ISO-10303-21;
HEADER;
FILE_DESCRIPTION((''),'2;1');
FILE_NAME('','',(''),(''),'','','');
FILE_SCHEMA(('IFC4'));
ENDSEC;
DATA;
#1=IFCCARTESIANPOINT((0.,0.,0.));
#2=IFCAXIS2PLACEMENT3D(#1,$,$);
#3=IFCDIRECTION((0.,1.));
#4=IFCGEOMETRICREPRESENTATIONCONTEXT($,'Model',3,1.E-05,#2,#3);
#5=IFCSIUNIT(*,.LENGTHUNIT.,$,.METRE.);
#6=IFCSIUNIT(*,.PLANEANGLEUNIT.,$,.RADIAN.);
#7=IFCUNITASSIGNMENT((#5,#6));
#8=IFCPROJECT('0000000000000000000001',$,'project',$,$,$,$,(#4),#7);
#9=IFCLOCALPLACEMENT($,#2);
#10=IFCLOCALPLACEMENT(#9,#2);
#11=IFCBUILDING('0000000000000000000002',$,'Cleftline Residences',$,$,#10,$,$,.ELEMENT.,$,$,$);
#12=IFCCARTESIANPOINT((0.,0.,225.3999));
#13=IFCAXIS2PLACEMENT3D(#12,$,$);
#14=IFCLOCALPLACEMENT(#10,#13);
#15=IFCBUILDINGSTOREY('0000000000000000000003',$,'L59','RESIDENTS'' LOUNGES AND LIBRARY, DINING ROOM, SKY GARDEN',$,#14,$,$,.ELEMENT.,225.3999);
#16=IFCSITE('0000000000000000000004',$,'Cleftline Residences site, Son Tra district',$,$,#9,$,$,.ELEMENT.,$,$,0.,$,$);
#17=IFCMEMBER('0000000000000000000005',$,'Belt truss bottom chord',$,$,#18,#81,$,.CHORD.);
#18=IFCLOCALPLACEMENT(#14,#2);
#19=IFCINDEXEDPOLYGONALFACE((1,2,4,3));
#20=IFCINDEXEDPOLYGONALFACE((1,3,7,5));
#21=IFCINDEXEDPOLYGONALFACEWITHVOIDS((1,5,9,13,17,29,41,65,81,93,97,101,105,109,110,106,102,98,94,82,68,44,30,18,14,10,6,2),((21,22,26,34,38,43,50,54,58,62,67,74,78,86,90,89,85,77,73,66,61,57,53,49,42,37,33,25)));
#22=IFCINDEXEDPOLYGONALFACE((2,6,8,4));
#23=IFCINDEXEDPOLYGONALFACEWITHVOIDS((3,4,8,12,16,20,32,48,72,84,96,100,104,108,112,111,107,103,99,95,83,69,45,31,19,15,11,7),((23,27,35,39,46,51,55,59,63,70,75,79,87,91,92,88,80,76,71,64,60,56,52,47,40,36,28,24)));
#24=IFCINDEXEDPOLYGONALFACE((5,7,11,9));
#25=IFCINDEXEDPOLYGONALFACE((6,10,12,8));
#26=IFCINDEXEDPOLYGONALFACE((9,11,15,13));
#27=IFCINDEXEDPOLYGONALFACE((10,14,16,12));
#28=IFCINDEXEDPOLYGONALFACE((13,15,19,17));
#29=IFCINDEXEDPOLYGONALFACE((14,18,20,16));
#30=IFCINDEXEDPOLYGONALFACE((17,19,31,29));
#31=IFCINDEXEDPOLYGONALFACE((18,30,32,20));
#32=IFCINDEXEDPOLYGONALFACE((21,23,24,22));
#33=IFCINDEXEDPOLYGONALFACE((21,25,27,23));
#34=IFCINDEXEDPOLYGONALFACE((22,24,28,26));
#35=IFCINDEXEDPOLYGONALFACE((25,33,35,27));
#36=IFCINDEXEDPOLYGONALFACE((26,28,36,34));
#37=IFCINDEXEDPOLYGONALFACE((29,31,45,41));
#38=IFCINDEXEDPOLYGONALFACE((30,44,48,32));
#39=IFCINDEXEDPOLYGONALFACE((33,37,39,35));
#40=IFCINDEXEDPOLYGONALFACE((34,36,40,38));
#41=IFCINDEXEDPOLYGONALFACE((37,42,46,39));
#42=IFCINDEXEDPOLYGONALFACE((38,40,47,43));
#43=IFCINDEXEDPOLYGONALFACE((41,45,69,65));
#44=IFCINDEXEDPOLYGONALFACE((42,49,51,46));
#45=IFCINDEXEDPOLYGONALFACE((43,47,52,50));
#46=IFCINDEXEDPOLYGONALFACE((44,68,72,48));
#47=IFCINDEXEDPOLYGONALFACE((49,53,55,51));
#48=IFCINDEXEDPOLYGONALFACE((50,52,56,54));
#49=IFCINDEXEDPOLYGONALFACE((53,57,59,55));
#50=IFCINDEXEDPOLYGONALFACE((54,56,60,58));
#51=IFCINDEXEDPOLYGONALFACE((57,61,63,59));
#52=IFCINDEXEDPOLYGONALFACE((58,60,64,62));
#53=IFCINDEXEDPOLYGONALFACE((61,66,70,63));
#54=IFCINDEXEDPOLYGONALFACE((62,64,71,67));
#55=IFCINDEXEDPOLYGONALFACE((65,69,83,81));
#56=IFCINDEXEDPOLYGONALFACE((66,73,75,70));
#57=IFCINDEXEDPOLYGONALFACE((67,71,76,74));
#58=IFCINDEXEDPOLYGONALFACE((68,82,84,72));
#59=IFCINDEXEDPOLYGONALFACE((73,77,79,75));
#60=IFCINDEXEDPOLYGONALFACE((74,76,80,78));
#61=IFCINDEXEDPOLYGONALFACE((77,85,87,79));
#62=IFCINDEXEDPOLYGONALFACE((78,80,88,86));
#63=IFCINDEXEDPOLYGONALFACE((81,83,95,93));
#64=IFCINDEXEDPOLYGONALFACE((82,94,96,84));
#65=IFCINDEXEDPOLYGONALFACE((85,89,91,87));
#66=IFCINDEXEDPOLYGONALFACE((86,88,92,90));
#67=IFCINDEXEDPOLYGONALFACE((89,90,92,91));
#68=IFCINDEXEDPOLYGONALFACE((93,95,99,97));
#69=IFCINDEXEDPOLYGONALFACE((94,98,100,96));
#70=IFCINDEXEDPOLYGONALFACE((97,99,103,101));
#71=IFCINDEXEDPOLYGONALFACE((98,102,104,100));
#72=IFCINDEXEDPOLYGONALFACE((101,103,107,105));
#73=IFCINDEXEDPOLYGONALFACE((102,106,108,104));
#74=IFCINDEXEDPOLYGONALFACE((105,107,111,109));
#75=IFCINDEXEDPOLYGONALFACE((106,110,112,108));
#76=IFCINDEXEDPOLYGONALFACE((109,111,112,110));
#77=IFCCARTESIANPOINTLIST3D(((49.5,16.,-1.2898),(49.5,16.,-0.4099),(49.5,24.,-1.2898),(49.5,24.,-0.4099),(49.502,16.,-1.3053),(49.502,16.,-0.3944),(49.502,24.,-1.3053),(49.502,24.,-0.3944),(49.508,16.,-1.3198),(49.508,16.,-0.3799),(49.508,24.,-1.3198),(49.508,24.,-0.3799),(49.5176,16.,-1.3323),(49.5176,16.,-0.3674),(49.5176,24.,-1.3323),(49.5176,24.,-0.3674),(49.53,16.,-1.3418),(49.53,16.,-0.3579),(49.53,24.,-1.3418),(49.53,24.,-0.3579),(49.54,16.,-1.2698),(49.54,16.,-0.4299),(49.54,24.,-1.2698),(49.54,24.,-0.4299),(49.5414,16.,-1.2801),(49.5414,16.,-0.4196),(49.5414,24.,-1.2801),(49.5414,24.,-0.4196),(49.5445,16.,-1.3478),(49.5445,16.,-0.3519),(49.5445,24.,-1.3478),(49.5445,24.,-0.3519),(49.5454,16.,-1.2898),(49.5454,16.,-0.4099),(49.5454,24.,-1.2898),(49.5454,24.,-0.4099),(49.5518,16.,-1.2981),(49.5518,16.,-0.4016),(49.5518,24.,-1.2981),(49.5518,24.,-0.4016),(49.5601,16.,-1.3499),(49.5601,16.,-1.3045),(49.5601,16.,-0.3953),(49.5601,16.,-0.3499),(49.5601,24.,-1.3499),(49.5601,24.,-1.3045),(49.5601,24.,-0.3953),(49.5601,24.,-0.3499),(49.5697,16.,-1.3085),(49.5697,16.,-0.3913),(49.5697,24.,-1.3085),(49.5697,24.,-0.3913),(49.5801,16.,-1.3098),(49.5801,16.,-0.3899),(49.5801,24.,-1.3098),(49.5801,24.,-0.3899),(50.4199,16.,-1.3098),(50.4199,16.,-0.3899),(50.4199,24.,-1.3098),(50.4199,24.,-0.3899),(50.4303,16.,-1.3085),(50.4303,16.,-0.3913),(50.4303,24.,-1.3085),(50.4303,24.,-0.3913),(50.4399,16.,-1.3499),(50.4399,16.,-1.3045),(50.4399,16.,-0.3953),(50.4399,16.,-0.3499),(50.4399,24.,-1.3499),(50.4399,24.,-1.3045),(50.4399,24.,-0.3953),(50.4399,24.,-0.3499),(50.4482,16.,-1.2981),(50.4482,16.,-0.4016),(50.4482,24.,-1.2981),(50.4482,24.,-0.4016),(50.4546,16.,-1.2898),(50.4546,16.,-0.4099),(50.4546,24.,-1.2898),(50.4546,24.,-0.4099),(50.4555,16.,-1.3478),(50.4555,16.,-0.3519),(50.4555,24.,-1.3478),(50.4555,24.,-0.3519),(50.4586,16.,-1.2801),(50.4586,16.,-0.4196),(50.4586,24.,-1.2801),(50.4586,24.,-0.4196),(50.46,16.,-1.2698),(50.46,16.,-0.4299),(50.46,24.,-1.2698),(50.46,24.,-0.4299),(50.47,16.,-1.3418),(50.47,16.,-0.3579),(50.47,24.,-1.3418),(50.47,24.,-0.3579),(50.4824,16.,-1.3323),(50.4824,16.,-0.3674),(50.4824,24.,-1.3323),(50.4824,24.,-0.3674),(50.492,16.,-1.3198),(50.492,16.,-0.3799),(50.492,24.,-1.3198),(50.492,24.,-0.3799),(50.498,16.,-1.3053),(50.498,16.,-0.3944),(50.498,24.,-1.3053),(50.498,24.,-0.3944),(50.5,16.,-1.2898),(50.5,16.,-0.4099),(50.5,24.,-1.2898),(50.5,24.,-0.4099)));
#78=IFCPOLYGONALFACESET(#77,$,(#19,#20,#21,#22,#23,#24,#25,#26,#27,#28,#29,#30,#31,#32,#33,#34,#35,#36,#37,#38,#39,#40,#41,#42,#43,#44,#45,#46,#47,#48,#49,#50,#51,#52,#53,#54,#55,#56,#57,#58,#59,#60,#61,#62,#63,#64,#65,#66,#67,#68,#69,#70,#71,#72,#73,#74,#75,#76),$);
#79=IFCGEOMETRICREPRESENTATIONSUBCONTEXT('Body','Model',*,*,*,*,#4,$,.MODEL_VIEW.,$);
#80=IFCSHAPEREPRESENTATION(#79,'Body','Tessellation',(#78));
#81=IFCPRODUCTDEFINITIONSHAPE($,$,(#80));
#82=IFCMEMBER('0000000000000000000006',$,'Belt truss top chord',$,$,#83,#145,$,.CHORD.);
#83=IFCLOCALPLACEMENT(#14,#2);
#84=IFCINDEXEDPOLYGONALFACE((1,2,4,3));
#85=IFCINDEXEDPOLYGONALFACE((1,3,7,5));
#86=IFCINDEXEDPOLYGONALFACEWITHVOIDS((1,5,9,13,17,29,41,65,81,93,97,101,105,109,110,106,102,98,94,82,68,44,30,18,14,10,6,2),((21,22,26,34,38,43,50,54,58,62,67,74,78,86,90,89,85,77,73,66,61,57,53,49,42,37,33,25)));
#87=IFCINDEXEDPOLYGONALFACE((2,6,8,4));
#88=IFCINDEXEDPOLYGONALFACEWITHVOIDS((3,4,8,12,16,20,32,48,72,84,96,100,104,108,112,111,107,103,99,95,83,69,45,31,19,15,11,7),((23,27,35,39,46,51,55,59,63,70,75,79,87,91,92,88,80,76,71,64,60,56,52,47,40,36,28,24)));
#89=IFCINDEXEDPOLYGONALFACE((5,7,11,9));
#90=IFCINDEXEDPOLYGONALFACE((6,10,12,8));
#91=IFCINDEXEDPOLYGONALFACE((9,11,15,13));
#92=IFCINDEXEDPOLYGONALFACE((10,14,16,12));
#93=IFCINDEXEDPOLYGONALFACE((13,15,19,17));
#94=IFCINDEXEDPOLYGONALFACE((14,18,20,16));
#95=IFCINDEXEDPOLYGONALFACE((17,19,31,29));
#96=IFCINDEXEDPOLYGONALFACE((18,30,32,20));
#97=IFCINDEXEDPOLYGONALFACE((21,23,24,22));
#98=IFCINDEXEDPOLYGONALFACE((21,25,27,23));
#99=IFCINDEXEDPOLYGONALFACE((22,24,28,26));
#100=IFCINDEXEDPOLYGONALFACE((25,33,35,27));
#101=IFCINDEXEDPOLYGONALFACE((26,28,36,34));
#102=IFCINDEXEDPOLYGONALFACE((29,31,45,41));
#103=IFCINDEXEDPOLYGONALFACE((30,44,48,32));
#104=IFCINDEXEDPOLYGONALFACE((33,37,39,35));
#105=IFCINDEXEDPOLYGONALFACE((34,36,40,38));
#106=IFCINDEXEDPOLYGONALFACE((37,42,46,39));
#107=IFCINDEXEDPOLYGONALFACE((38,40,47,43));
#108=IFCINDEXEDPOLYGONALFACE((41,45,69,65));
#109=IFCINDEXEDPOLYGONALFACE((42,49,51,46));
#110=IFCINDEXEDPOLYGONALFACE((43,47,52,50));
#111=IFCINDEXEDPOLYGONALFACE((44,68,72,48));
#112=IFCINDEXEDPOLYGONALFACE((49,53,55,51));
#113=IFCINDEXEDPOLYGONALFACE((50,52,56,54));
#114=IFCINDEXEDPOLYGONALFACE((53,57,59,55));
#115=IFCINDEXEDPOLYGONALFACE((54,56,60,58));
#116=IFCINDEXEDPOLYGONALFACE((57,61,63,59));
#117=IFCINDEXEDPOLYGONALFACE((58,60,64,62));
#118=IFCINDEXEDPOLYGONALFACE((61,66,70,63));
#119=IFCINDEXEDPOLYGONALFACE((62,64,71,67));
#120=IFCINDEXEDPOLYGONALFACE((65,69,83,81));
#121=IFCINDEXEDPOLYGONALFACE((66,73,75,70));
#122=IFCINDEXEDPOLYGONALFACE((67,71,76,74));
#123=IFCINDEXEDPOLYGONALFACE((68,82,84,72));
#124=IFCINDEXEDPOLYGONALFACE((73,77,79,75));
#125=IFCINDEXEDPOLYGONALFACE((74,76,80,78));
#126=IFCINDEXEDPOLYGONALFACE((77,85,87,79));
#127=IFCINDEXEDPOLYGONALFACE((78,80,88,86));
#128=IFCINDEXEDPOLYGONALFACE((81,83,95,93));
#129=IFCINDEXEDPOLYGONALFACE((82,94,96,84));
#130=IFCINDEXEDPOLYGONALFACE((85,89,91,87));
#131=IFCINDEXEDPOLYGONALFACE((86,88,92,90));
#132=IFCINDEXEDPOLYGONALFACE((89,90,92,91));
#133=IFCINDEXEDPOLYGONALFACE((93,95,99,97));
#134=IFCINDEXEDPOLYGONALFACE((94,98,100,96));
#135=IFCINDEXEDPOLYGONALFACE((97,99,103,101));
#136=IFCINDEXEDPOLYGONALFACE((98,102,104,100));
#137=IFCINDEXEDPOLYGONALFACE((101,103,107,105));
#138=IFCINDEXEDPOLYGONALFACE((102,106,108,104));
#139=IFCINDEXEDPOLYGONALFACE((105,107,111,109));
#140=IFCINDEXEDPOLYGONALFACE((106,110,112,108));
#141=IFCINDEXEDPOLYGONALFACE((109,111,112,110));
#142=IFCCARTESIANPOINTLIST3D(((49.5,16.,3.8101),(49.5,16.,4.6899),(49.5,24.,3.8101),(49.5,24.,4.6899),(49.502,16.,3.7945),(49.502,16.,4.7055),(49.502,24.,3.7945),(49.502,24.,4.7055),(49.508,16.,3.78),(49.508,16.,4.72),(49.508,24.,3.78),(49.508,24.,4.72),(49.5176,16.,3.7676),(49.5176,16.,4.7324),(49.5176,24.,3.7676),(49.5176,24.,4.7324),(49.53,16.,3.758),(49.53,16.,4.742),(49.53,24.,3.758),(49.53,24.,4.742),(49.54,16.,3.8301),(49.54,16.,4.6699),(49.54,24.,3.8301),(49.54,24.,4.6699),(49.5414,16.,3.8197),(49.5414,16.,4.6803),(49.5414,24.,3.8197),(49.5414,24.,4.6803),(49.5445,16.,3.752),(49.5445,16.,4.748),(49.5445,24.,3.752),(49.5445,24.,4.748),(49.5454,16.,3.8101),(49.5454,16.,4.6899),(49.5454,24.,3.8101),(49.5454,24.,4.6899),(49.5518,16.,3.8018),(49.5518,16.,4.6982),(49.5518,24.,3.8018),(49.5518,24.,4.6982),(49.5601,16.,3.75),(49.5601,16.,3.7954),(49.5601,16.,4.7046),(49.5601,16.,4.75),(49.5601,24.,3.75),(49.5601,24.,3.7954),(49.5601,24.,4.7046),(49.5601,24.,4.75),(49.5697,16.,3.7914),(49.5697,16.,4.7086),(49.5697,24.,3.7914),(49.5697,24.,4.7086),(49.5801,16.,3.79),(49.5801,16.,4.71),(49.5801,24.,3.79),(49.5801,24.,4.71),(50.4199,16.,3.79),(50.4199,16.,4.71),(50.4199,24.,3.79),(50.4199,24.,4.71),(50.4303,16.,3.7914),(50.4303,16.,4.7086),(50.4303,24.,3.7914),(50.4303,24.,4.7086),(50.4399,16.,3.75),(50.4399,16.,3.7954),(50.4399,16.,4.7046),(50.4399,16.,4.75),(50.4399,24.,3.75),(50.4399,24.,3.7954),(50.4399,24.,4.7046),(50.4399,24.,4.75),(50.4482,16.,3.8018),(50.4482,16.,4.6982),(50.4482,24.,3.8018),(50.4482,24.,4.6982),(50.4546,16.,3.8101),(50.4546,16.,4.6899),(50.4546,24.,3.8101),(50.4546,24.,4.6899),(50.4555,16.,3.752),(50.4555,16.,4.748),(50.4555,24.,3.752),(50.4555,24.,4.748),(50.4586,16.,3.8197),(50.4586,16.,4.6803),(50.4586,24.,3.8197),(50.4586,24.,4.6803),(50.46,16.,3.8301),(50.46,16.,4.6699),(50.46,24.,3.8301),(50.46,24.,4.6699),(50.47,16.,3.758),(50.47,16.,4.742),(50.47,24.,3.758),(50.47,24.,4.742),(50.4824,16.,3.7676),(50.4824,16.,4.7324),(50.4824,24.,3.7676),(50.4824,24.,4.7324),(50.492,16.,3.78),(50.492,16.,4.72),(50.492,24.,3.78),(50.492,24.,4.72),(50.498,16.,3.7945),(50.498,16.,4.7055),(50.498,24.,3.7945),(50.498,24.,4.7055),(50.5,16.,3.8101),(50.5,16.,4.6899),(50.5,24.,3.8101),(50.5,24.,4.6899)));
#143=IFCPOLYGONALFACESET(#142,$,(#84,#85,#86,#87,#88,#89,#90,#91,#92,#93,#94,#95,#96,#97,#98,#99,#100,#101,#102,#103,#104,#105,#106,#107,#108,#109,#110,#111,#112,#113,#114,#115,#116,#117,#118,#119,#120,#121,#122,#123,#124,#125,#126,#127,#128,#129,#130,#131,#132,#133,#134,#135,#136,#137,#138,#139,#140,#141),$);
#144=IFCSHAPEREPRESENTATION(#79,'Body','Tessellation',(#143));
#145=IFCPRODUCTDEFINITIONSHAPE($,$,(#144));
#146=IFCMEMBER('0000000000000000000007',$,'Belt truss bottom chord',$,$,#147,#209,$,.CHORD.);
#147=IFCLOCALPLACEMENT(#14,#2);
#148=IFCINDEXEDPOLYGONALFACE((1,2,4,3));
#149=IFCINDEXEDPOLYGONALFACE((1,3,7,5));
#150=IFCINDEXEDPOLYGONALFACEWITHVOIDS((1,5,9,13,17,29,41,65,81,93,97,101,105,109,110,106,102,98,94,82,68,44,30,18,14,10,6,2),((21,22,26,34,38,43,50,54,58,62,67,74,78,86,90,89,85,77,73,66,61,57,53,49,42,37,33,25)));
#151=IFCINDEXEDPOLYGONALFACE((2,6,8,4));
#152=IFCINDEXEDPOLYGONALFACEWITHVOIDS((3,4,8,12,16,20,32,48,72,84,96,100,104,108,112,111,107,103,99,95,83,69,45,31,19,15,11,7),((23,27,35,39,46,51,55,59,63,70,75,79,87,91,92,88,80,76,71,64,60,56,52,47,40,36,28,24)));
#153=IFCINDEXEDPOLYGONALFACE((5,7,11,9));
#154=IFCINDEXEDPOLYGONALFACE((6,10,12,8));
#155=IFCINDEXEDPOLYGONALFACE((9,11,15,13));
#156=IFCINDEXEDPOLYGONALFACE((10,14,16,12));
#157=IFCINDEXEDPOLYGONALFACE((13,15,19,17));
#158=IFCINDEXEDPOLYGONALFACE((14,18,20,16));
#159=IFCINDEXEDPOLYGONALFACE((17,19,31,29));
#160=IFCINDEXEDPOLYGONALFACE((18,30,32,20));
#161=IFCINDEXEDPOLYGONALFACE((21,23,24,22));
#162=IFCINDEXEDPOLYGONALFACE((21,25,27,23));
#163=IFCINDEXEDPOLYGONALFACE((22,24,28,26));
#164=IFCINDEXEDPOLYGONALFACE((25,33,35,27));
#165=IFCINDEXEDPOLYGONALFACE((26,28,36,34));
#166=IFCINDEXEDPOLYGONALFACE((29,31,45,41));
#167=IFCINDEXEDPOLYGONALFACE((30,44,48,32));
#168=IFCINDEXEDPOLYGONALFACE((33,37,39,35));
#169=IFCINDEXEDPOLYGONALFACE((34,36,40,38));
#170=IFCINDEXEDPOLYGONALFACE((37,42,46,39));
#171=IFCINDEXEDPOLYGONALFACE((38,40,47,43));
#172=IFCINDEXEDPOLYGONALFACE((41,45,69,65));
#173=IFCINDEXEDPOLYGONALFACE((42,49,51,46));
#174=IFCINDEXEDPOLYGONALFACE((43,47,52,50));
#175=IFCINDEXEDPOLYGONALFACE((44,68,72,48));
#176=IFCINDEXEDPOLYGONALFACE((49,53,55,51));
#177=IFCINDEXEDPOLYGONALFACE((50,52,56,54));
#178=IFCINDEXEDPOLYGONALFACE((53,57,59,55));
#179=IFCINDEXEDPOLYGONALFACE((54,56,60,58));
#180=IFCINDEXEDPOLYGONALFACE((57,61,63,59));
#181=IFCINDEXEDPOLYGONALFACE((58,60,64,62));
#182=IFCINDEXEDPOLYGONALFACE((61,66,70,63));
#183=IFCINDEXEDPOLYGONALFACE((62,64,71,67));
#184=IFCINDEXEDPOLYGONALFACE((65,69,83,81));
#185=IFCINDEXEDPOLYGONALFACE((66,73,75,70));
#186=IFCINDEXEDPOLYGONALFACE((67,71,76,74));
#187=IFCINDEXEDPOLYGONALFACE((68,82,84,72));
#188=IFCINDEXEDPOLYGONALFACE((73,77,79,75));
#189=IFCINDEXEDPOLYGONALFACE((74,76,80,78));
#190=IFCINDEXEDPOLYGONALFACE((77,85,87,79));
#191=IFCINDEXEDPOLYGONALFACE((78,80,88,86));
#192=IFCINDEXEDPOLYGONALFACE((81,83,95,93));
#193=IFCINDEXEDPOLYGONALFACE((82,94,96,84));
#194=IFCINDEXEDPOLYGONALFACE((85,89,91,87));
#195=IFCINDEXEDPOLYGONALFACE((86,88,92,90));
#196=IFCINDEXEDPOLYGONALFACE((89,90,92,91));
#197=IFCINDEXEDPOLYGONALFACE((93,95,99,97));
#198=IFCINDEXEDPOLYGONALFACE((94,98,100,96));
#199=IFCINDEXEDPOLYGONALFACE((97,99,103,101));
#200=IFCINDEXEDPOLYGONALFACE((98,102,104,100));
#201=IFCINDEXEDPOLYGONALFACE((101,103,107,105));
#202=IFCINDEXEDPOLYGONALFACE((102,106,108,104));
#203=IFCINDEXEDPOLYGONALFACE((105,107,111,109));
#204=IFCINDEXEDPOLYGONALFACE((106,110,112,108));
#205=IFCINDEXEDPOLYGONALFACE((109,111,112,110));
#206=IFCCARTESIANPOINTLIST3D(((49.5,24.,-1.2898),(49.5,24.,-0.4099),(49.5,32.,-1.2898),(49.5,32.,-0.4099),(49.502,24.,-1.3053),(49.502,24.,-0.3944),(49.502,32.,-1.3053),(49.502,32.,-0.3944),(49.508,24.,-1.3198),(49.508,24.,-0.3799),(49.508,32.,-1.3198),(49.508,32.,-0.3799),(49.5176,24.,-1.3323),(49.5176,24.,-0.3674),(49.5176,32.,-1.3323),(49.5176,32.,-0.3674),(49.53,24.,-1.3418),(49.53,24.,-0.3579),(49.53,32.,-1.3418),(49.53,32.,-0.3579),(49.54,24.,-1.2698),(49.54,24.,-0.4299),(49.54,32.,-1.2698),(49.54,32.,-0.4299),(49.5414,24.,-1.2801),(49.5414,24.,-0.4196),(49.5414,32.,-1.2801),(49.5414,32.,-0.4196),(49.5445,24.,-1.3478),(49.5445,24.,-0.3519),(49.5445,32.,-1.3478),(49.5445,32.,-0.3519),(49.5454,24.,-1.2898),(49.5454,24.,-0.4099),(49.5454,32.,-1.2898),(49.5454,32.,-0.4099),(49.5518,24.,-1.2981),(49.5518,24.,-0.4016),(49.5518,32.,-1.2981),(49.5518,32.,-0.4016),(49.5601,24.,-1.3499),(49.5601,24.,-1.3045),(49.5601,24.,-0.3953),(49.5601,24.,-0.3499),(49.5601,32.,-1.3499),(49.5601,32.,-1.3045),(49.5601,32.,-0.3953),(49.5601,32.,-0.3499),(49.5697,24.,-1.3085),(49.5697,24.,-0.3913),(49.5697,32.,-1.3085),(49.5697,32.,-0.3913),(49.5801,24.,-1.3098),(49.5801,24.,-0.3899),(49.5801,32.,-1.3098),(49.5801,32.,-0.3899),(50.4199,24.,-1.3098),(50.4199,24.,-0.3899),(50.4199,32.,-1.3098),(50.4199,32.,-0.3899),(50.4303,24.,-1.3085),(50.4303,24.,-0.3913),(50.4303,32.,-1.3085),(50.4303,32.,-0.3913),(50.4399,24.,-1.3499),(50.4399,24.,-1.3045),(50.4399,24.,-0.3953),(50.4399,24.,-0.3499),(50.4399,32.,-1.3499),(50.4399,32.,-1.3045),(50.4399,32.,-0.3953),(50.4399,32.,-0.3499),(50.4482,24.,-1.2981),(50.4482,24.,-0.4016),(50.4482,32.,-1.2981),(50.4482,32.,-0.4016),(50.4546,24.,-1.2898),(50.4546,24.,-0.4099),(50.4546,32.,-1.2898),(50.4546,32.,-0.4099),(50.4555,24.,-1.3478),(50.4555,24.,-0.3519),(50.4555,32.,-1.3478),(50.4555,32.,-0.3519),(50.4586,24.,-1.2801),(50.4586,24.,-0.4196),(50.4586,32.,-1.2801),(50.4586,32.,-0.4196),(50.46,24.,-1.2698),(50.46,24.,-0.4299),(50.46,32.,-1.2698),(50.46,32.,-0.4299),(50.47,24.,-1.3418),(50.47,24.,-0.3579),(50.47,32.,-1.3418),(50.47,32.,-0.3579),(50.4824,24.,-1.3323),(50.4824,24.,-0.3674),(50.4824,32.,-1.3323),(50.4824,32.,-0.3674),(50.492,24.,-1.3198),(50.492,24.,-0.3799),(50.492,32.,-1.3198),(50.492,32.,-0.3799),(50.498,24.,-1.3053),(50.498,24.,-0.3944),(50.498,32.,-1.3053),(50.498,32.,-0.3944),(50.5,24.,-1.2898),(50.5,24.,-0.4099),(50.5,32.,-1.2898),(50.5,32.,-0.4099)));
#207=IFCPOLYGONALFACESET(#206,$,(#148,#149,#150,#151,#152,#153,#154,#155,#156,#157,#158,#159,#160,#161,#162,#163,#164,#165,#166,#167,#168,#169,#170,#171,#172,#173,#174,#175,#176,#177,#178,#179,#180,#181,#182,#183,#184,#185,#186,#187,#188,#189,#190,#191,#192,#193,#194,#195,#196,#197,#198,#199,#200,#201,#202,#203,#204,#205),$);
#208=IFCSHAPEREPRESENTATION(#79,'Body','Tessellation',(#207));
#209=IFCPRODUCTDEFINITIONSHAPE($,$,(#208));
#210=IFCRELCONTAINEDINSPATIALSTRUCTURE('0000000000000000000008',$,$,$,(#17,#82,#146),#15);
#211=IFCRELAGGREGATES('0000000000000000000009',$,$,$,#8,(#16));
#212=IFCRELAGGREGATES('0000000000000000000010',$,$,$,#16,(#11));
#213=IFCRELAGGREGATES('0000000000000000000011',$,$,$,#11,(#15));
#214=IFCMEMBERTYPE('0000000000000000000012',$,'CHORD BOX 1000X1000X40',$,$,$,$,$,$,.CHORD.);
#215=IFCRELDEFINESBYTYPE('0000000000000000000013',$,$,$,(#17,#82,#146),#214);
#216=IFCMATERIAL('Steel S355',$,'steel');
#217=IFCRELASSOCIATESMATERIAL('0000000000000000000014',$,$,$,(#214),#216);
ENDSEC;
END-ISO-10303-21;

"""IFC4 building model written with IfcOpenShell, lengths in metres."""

from ifc_helpers import new_model, si_unit, direction, frame, origin, origin_2d, place, context, subcontext, project, spatial, hollow_rectangle, extrude, material, material_profile, profile_set, type_object, element, save


model = new_model("IFC4")

# Units and contexts
model_context = context("Model", 3, precision=1e-05, world=origin(), true_north=direction((0.0, 1.0)))
body_context = subcontext(model_context, "Body", "Model", "MODEL_VIEW")
ifc_project = project(units=[si_unit("LENGTHUNIT", "METRE"), si_unit("PLANEANGLEUNIT", "RADIAN")], contexts=[model_context])

# Site, building, storey
site_placement = place(None, origin())
site = spatial("IfcSite", under=ifc_project, at=site_placement, Name="Cleftline Residences site, Son Tra district", CompositionType="ELEMENT", RefElevation=0.0)
building_placement = place(site_placement, origin())
building = spatial("IfcBuilding", under=site, at=building_placement, Name="Cleftline Residences", CompositionType="ELEMENT")
storey_placement = place(building_placement, frame((0.0, 0.0, 225.3999)))
storey = spatial("IfcBuildingStorey", under=building, at=storey_placement, Name="L59", Description="RESIDENTS' LOUNGES AND LIBRARY, DINING ROOM, SKY GARDEN", CompositionType="ELEMENT", Elevation=225.3999)

# Members
ifc_material_1 = material(Name="Steel S355", Category="steel")
ifc_material_profile_1 = material_profile(ifc_material_1, hollow_rectangle(XDim=1.0, YDim=1.0, WallThickness=0.04, InnerFilletRadius=0.04, OuterFilletRadius=0.0601, at=origin_2d()))
ifc_profile_set_1 = profile_set([ifc_material_profile_1], Name="Steel S355")
member_type_1 = type_object("IfcMemberType", Name="CHORD BOX 1000X1000X40", PredefinedType="CHORD", material=ifc_profile_set_1)
for number, where, z_axis, x_axis, name in (
    (1, (50.0, 16.0, -0.8499), (0.0, 1.0, 0.0), (-1.0, 0.0, 0.0), "Belt truss bottom chord"),
    (2, (50.0, 16.0, 4.25), (0.0, 1.0, 0.0), (-1.0, 0.0, 0.0), "Belt truss top chord"),
    (3, (50.0, 24.0, -0.8499), (0.0, 1.0, 0.0), (-1.0, 0.0, 0.0), "Belt truss bottom chord"),
):
    element("IfcMember", number, at=place(storey_placement, frame(where, z_axis=z_axis, x_axis=x_axis)), inside=storey, type_object=member_type_1, Name=name, PredefinedType="CHORD", context=body_context, shape_type="SweptSolid", body=[
        extrude(hollow_rectangle(XDim=1.0, YDim=1.0, WallThickness=0.04, InnerFilletRadius=0.04, OuterFilletRadius=0.0601, at=origin_2d()), origin(), (0.0, 0.0, 1.0), 8.0),
    ])

save(model, "model.ifc")
